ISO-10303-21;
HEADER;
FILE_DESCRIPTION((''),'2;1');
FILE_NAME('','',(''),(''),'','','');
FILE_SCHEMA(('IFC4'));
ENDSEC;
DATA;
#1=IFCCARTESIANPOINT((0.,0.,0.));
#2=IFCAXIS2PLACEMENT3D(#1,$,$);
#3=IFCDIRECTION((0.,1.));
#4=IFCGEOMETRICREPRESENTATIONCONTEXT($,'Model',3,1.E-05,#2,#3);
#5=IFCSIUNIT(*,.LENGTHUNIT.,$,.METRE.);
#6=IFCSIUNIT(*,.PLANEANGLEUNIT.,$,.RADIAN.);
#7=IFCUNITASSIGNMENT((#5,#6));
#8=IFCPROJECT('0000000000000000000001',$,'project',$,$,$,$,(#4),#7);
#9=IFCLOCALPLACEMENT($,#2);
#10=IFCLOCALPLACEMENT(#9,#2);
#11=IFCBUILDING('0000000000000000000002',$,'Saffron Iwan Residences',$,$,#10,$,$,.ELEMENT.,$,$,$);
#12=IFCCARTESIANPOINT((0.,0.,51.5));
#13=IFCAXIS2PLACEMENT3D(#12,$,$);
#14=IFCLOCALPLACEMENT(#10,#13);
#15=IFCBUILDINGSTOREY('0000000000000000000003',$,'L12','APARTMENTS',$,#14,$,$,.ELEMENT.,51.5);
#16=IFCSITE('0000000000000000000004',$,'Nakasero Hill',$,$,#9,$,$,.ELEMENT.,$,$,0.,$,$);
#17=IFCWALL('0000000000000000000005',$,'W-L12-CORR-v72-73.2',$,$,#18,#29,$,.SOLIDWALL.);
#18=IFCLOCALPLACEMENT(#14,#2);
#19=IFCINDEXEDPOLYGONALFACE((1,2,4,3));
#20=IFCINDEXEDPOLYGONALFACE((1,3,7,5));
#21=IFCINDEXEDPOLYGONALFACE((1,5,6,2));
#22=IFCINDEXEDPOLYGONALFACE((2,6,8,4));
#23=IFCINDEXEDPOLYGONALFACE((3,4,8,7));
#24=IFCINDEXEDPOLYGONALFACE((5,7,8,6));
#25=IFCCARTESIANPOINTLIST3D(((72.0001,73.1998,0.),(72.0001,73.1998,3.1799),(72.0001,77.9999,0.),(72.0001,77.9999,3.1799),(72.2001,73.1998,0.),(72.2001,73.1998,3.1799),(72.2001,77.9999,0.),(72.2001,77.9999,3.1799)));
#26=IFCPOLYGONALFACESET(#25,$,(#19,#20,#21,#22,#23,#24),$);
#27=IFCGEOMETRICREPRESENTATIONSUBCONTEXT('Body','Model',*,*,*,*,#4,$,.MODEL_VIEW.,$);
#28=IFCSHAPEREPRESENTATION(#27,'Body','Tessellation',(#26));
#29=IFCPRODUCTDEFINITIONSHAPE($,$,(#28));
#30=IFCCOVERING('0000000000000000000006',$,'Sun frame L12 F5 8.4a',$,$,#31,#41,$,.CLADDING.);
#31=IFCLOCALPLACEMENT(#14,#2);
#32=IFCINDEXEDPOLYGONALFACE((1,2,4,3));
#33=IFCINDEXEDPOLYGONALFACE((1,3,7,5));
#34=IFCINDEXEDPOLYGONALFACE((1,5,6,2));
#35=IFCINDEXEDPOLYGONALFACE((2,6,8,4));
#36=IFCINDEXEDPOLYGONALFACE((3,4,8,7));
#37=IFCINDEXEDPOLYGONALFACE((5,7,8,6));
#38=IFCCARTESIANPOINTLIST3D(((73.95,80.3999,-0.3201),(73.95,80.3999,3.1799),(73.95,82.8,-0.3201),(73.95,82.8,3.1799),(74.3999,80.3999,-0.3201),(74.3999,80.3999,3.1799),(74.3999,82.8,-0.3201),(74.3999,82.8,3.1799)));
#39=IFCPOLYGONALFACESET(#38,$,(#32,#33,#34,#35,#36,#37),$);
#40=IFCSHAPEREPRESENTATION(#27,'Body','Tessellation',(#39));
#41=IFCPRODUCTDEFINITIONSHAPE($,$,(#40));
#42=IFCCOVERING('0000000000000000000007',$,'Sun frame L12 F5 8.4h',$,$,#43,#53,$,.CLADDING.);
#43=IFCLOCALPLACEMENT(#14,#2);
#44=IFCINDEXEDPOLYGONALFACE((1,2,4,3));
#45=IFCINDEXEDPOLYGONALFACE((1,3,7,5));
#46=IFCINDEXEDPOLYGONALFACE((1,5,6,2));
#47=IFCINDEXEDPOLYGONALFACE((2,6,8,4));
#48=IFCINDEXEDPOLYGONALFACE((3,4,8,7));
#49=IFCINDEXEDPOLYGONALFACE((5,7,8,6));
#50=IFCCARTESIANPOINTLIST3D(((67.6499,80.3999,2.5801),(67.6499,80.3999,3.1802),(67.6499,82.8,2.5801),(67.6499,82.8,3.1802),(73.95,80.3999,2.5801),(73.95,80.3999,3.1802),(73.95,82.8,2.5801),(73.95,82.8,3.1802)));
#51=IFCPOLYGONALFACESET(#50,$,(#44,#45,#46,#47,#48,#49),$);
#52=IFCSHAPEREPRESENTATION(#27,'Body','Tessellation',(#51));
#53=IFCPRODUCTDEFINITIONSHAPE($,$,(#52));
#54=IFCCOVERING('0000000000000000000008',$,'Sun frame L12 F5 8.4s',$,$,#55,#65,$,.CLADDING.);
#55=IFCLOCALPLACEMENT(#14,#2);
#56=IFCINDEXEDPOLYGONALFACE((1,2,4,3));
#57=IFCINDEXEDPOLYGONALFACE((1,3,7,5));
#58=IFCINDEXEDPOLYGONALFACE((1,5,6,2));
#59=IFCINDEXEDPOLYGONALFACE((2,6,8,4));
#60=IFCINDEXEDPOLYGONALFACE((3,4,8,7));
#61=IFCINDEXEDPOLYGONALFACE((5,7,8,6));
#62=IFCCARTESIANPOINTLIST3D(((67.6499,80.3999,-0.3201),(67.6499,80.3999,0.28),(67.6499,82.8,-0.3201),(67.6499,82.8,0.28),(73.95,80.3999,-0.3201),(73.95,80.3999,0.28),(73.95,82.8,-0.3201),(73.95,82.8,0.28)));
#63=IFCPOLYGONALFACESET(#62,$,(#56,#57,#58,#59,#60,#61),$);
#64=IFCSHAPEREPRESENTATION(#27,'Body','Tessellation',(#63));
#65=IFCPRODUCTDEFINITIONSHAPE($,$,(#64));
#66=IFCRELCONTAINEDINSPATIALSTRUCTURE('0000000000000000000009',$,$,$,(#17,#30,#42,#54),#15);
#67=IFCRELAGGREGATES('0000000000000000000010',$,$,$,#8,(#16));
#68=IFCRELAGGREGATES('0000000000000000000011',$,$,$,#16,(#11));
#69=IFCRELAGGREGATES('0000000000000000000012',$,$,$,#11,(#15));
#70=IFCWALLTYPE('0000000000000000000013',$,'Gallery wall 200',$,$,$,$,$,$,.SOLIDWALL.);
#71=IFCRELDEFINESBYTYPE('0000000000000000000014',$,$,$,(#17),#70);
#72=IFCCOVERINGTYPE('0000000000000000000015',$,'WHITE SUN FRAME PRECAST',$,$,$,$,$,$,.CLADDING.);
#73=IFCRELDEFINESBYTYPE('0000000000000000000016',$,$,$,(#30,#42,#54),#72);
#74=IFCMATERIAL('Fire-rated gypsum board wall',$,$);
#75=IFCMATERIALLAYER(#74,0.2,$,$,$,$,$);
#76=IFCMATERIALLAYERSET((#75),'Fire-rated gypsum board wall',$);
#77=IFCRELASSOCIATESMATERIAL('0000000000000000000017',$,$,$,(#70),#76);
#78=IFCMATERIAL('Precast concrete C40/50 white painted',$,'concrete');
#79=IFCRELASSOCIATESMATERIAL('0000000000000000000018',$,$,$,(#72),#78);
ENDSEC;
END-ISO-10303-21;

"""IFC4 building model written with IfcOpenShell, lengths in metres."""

from ifc_helpers import new_model, si_unit, direction, frame, frame_2d, origin, place, context, subcontext, project, spatial, polyline, rectangle, outline, extrude, material, layer, layer_set, type_object, element, save


model = new_model("IFC4")

# Units and contexts
model_context = context("Model", 3, precision=1e-05, world=origin(), true_north=direction((0.0, 1.0)))
body_context = subcontext(model_context, "Body", "Model", "MODEL_VIEW")
ifc_project = project(units=[si_unit("LENGTHUNIT", "METRE"), si_unit("PLANEANGLEUNIT", "RADIAN")], contexts=[model_context])

# Site, building, storey
site_placement = place(None, origin())
site = spatial("IfcSite", under=ifc_project, at=site_placement, Name="Nakasero Hill", CompositionType="ELEMENT", RefElevation=0.0)
building_placement = place(site_placement, origin())
building = spatial("IfcBuilding", under=site, at=building_placement, Name="Saffron Iwan Residences", CompositionType="ELEMENT")
storey_placement = place(building_placement, frame((0.0, 0.0, 51.5)))
storey = spatial("IfcBuildingStorey", under=building, at=storey_placement, Name="L12", Description="APARTMENTS", CompositionType="ELEMENT", Elevation=51.5)

# Wall
ifc_material_1 = material(Name="Fire-rated gypsum board wall")
ifc_layer_1 = layer(ifc_material_1, 0.2)
ifc_layer_set_1 = layer_set([ifc_layer_1], Name="Fire-rated gypsum board wall")
wall_type_1 = type_object("IfcWallType", Name="Gallery wall 200", PredefinedType="SOLIDWALL", material=ifc_layer_set_1)
wall_1_placement = place(storey_placement, frame((72.1001, 73.2, 0.0), z_axis=(0.0, 0.0, 1.0), x_axis=(0.0, 1.0, 0.0)))
element("IfcWall", 1, at=wall_1_placement, inside=storey, type_object=wall_type_1, Name="W-L12-CORR-v72-73.2", PredefinedType="SOLIDWALL", context=body_context, shape_type="SweptSolid", body=[
    extrude(rectangle(XDim=4.8, YDim=0.2, at=frame_2d((2.3999, 0.0))), origin(), (0.0, 0.0, 1.0), 3.1799),
])

# Coverings
ifc_material_2 = material(Name="Precast concrete C40/50 white painted", Category="concrete")
covering_type = type_object("IfcCoveringType", Name="WHITE SUN FRAME PRECAST", PredefinedType="CLADDING", material=ifc_material_2)
covering_placement = place(storey_placement, frame((74.3999, 80.3999, -0.3201), z_axis=(0.0, 1.0, 0.0), x_axis=(-1.0, 0.0, 0.0)))
element("IfcCovering", 2, at=covering_placement, inside=storey, type_object=covering_type, Name="Sun frame L12 F5 8.4a", PredefinedType="CLADDING", context=body_context, shape_type="SweptSolid", body=[
    extrude(outline(polyline([(0.0, 0.0), (0.45, 0.0), (0.45, 3.5), (0.0, 3.5), (0.0, 0.0)])), origin(), (0.0, 0.0, 1.0), 2.4001),
])
for number, where, z_axis, x_axis, name in (
    (3, (73.95, 80.3999, 2.5801), (0.0, 1.0, 0.0), (-1.0, 0.0, 0.0), "Sun frame L12 F5 8.4h"),
    (4, (73.95, 80.3999, -0.3201), (0.0, 1.0, 0.0), (-1.0, 0.0, 0.0), "Sun frame L12 F5 8.4s"),
):
    element("IfcCovering", number, at=place(storey_placement, frame(where, z_axis=z_axis, x_axis=x_axis)), inside=storey, type_object=covering_type, Name=name, PredefinedType="CLADDING", context=body_context, shape_type="SweptSolid", body=[
        extrude(outline(polyline([(0.0, 0.0), (6.3, 0.0), (6.3, 0.6001), (0.0, 0.6001), (0.0, 0.0)])), origin(), (0.0, 0.0, 1.0), 2.4001),
    ])

save(model, "model.ifc")
